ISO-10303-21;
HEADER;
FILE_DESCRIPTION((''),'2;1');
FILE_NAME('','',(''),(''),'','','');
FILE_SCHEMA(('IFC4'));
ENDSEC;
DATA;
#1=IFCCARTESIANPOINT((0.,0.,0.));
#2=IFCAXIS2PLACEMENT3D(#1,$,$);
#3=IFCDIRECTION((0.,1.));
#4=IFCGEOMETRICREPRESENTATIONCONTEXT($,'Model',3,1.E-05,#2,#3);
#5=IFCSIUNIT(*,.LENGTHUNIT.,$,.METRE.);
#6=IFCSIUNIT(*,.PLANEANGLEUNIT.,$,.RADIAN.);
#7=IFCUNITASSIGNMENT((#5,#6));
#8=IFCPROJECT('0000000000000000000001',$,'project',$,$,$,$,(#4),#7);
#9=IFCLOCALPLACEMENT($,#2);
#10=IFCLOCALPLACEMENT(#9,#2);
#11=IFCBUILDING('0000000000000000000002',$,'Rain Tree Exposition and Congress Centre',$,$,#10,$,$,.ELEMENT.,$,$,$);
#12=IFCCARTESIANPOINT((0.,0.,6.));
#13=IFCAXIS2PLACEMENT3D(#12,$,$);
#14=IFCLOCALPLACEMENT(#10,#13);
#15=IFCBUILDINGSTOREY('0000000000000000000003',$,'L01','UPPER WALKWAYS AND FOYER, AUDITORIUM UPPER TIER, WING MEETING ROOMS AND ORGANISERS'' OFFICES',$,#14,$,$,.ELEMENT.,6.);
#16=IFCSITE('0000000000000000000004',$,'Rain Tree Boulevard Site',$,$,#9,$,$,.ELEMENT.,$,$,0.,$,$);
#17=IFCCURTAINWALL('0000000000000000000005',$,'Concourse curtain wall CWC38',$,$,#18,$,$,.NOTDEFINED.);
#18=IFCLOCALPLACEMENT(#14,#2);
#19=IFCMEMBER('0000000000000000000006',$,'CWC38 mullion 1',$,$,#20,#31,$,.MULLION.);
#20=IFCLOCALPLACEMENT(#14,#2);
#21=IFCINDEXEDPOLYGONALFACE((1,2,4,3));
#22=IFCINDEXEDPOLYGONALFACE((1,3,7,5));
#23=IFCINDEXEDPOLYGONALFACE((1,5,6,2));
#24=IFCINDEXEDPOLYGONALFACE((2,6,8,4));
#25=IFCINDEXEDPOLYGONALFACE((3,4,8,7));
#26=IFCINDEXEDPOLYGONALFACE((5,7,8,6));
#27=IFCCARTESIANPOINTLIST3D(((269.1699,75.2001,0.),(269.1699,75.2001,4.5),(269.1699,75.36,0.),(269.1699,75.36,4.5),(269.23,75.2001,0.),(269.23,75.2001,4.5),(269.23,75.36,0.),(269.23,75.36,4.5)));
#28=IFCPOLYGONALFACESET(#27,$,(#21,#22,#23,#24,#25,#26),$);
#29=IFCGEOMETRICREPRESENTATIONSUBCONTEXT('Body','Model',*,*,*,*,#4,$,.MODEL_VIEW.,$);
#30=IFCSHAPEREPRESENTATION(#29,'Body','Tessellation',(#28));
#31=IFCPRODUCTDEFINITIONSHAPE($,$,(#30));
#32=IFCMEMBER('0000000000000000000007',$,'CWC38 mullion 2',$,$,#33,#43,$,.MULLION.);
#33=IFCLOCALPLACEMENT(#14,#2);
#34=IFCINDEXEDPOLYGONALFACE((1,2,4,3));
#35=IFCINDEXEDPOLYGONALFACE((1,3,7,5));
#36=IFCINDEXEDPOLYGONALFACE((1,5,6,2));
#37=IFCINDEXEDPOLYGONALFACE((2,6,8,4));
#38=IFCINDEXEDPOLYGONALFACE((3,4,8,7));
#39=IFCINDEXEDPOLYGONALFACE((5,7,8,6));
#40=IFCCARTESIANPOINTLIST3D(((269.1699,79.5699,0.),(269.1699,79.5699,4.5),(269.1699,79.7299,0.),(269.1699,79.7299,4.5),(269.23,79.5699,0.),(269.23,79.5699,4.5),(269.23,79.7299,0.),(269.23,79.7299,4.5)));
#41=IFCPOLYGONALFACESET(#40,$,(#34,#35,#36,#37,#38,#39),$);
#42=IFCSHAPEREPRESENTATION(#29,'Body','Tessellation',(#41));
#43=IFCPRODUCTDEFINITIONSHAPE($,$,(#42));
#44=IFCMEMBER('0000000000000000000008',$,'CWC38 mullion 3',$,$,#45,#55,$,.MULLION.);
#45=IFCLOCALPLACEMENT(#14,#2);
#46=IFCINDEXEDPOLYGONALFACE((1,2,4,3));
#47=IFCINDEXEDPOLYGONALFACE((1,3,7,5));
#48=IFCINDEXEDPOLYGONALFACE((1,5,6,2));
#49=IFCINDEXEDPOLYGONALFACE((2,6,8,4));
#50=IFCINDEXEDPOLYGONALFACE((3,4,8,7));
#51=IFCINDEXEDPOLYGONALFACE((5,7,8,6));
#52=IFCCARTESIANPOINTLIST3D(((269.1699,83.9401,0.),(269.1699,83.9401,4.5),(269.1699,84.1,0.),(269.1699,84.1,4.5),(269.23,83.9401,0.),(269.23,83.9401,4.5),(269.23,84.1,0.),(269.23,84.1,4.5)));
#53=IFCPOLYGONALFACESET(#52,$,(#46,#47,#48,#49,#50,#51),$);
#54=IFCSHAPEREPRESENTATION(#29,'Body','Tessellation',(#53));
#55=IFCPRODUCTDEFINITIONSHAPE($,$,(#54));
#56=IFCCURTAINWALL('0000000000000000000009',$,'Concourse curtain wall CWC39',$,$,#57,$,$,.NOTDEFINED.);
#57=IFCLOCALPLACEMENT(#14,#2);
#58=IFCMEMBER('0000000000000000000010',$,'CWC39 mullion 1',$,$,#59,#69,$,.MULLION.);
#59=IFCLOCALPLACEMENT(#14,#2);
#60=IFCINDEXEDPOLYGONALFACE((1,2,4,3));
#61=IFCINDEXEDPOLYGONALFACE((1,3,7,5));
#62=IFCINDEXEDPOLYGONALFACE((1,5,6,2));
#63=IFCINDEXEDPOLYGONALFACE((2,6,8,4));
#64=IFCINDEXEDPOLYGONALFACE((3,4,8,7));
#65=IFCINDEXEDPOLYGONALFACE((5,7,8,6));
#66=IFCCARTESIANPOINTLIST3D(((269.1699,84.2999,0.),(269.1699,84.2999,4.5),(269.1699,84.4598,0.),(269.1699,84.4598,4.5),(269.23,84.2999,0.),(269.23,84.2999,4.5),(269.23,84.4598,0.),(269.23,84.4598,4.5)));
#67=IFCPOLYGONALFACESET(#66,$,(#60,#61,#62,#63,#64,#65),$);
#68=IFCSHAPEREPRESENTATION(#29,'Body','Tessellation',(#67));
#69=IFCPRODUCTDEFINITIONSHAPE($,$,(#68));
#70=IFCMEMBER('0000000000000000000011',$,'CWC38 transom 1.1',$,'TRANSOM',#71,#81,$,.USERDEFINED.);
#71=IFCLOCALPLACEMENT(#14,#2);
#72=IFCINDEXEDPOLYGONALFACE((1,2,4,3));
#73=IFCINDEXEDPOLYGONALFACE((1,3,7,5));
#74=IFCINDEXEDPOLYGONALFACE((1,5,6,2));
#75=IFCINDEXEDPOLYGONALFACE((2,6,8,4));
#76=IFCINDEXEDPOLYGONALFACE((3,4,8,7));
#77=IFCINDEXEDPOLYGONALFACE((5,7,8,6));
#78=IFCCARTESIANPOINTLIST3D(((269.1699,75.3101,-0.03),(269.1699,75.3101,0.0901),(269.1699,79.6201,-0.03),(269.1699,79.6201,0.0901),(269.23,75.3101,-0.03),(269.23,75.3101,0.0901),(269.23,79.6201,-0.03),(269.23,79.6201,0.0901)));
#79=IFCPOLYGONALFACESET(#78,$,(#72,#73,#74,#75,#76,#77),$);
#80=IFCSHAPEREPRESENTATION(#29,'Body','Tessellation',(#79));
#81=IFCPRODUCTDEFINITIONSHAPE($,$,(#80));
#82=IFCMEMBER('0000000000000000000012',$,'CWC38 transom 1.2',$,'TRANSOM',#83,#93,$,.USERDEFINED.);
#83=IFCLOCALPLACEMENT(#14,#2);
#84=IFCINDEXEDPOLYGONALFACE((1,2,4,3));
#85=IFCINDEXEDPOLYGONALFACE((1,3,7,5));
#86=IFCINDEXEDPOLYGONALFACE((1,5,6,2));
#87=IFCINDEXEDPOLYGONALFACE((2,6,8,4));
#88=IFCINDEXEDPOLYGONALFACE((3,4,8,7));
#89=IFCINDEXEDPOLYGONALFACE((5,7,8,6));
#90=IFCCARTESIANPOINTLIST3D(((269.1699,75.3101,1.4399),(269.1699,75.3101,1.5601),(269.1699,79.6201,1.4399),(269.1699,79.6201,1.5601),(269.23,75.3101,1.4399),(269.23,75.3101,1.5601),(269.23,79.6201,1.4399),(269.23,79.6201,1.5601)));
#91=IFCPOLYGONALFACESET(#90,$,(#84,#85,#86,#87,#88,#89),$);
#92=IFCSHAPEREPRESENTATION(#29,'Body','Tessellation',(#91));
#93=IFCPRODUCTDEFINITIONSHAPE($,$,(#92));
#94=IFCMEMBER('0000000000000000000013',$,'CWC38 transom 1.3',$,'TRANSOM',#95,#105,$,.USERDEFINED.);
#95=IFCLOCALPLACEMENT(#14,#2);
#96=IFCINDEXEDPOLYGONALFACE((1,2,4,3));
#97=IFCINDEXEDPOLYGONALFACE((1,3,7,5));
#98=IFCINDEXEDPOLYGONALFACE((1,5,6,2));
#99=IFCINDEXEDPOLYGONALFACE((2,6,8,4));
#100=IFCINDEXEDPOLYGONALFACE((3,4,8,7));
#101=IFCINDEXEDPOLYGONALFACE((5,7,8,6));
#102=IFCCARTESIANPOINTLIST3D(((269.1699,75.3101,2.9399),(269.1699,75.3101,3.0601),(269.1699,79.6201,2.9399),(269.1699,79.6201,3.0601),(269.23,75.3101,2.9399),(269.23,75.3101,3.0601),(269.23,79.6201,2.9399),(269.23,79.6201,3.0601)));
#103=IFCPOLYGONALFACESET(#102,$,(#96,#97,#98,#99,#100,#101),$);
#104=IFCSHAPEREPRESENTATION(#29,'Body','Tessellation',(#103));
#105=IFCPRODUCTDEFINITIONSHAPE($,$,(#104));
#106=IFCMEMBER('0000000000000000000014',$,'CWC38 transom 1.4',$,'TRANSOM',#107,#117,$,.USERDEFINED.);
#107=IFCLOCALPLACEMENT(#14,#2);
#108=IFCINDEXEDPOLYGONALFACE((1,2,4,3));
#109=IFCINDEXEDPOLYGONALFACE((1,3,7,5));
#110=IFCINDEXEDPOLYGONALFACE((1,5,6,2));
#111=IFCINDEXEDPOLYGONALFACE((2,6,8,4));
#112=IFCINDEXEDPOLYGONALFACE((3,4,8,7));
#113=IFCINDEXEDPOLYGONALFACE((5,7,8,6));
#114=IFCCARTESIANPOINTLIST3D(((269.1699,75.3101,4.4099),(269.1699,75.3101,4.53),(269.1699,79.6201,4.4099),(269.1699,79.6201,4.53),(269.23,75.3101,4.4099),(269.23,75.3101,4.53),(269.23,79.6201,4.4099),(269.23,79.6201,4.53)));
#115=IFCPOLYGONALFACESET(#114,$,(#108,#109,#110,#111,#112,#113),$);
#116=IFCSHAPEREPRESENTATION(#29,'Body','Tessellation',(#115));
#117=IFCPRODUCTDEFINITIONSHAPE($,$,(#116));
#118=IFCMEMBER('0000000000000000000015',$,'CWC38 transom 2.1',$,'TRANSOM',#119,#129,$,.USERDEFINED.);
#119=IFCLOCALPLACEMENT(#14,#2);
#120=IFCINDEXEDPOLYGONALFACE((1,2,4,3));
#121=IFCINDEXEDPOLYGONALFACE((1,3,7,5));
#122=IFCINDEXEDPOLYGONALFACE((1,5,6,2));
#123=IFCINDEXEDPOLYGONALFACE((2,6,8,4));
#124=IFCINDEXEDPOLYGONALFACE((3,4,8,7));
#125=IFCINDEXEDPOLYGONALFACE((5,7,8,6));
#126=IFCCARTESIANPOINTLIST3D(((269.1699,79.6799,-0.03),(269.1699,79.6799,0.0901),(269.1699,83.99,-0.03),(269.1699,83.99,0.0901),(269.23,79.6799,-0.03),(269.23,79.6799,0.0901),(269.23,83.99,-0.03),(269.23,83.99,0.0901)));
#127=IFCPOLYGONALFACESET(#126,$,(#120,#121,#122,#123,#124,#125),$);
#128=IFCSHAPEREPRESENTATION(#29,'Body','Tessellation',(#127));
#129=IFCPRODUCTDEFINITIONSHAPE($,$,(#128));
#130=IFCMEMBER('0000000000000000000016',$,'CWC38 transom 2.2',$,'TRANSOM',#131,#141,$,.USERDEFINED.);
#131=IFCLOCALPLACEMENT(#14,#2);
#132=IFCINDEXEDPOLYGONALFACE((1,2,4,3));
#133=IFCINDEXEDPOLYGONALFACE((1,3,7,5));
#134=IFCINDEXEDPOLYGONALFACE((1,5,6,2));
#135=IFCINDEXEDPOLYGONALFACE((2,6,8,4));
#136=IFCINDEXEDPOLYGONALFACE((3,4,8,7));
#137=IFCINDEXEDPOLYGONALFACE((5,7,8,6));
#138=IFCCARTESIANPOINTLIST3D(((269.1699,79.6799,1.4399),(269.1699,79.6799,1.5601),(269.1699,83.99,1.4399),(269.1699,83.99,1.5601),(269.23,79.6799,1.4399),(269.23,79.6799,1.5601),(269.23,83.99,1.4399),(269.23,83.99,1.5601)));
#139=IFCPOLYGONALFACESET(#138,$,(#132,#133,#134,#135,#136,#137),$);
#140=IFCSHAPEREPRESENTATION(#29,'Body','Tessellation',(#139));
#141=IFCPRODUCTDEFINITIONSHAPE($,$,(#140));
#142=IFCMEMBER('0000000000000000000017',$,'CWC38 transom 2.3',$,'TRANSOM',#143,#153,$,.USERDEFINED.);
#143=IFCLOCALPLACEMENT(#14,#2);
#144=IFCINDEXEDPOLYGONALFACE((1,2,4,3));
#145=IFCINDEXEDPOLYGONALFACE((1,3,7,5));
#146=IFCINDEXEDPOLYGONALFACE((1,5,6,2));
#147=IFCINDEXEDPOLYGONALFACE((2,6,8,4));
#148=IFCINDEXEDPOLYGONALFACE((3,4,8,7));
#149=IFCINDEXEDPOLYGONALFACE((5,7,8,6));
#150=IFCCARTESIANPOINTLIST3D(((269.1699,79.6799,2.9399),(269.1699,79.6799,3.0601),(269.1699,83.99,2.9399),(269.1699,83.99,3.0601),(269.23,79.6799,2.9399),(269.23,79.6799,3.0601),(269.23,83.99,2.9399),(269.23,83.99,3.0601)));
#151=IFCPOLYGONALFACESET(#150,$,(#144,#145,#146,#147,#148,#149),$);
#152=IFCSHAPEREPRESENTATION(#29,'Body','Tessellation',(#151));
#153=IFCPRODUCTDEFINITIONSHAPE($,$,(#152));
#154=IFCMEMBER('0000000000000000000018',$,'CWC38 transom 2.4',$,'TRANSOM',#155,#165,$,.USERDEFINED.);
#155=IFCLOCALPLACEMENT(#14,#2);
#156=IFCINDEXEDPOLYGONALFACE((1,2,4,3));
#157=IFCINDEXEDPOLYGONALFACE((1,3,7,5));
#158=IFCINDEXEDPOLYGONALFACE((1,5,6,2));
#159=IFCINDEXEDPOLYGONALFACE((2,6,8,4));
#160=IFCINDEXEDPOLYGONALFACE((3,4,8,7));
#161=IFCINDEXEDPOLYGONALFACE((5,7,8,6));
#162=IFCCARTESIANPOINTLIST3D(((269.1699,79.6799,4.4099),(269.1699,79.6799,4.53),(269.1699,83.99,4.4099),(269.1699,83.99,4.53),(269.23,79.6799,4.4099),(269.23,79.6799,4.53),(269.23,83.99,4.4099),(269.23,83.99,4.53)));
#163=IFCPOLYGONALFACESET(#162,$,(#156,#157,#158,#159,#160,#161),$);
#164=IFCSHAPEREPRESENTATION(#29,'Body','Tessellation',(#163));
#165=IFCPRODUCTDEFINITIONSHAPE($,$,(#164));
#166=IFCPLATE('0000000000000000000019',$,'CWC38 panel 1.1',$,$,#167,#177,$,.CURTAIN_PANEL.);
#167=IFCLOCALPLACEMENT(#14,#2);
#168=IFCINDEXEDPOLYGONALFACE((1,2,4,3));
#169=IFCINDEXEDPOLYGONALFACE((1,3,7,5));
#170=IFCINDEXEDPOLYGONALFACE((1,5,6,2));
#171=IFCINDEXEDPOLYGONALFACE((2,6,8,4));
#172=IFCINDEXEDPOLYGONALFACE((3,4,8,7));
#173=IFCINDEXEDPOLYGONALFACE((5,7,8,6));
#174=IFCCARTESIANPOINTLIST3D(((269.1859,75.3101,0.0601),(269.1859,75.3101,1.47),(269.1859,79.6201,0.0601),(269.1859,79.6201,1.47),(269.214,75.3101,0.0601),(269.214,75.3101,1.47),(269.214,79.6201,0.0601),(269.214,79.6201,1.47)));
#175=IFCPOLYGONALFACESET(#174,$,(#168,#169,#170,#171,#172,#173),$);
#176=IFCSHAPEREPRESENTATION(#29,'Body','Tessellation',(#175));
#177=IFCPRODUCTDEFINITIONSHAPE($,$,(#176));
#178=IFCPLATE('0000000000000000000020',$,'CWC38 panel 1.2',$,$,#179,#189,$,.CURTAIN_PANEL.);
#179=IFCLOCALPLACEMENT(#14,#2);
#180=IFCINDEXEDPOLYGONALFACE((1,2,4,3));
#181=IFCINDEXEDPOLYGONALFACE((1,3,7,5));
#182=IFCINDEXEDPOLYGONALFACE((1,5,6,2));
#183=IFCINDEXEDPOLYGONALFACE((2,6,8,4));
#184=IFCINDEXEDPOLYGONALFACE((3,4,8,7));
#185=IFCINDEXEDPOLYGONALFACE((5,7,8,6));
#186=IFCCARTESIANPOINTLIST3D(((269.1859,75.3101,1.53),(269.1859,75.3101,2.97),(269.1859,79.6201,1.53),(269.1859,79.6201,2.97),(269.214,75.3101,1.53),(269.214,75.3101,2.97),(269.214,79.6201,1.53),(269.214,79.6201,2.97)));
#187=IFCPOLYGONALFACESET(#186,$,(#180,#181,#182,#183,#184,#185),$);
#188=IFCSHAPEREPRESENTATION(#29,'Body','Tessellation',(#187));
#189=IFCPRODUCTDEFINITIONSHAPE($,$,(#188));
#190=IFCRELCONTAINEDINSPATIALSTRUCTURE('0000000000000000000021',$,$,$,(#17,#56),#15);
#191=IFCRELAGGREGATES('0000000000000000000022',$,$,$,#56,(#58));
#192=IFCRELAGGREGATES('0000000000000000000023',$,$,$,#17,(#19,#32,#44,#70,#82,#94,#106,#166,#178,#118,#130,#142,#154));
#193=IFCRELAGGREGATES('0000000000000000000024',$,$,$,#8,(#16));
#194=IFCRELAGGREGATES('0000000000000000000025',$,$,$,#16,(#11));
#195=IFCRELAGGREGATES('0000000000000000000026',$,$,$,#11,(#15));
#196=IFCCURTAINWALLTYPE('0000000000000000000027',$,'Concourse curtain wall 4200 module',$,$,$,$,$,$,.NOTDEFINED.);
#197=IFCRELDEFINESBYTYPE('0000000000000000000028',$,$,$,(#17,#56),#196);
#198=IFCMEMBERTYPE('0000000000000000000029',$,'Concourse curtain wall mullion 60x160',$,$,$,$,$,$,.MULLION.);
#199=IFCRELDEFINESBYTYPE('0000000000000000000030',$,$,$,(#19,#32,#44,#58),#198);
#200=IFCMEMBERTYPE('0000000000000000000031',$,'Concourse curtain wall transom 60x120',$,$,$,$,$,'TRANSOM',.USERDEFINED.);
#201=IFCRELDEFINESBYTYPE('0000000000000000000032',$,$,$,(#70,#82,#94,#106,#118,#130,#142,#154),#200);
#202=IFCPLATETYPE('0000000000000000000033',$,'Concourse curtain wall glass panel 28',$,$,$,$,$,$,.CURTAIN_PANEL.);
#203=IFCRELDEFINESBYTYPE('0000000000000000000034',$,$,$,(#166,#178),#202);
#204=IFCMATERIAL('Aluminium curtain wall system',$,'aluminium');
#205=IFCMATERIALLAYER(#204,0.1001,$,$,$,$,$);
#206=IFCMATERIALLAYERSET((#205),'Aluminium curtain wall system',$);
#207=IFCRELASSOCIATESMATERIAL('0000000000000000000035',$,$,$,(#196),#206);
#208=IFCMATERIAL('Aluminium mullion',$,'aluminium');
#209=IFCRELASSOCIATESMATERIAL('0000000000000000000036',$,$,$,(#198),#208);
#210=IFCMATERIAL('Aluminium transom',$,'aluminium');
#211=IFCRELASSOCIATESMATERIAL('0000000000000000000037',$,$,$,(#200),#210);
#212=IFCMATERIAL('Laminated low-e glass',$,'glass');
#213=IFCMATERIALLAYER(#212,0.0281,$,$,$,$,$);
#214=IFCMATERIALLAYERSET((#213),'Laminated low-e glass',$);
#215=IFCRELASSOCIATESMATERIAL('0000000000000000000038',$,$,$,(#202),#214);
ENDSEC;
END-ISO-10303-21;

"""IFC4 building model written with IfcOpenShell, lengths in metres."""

from ifc_helpers import new_model, si_unit, direction, frame, origin, origin_2d, place, context, subcontext, project, spatial, rectangle, extrude, material, layer, layer_set, material_profile, profile_set, type_object, element, aggregate, save


model = new_model("IFC4")

# Units and contexts
model_context = context("Model", 3, precision=1e-05, world=origin(), true_north=direction((0.0, 1.0)))
body_context = subcontext(model_context, "Body", "Model", "MODEL_VIEW")
ifc_project = project(units=[si_unit("LENGTHUNIT", "METRE"), si_unit("PLANEANGLEUNIT", "RADIAN")], contexts=[model_context])

# Site, building, storey
site_placement = place(None, origin())
site = spatial("IfcSite", under=ifc_project, at=site_placement, Name="Rain Tree Boulevard Site", CompositionType="ELEMENT", RefElevation=0.0)
building_placement = place(site_placement, origin())
building = spatial("IfcBuilding", under=site, at=building_placement, Name="Rain Tree Exposition and Congress Centre", CompositionType="ELEMENT")
storey_placement = place(building_placement, frame((0.0, 0.0, 6.0)))
storey = spatial("IfcBuildingStorey", under=building, at=storey_placement, Name="L01", Description="UPPER WALKWAYS AND FOYER, AUDITORIUM UPPER TIER, WING MEETING ROOMS AND ORGANISERS' OFFICES", CompositionType="ELEMENT", Elevation=6.0)

# Curtain wall, members
ifc_material_1 = material(Name="Aluminium curtain wall system", Category="aluminium")
ifc_layer_1 = layer(ifc_material_1, 0.1001)
ifc_layer_set_1 = layer_set([ifc_layer_1], Name="Aluminium curtain wall system")
curtain_wall_type = type_object("IfcCurtainWallType", Name="Concourse curtain wall 4200 module", PredefinedType="NOTDEFINED", material=ifc_layer_set_1)
curtain_wall_1_placement = place(storey_placement, origin())
curtain_wall_1 = element("IfcCurtainWall", 1, at=curtain_wall_1_placement, inside=storey, type_object=curtain_wall_type, Name="Concourse curtain wall CWC38", PredefinedType="NOTDEFINED")
ifc_material_2 = material(Name="Aluminium mullion", Category="aluminium")
ifc_material_profile_1 = material_profile(ifc_material_2, rectangle(XDim=0.0601, YDim=0.1599, at=origin_2d()), Name="AL 60x160")
ifc_profile_set_1 = profile_set([ifc_material_profile_1], Name="Aluminium mullion")
member_type_1 = type_object("IfcMemberType", Name="Concourse curtain wall mullion 60x160", PredefinedType="MULLION", material=ifc_profile_set_1)
member_1_placement = place(storey_placement, frame((269.2, 75.28, 0.0), z_axis=(0.0, 0.0, 1.0), x_axis=(-1.0, 0.0, 0.0)))
member_1 = element("IfcMember", 2, at=member_1_placement, type_object=member_type_1, Name="CWC38 mullion 1", PredefinedType="MULLION", context=body_context, shape_type="SweptSolid", body=[
    extrude(rectangle(XDim=0.0601, YDim=0.1599, at=origin_2d()), origin(), (0.0, 0.0, 1.0), 4.5),
])
member_2_placement = place(storey_placement, frame((269.2, 79.6499, 0.0), z_axis=(0.0, 0.0, 1.0), x_axis=(-1.0, 0.0, 0.0)))
member_2 = element("IfcMember", 3, at=member_2_placement, type_object=member_type_1, Name="CWC38 mullion 2", PredefinedType="MULLION", context=body_context, shape_type="SweptSolid", body=[
    extrude(rectangle(XDim=0.0601, YDim=0.1599, at=origin_2d()), origin(), (0.0, 0.0, 1.0), 4.5),
])
member_3_placement = place(storey_placement, frame((269.2, 84.02, 0.0), z_axis=(0.0, 0.0, 1.0), x_axis=(-1.0, 0.0, 0.0)))
member_3 = element("IfcMember", 4, at=member_3_placement, type_object=member_type_1, Name="CWC38 mullion 3", PredefinedType="MULLION", context=body_context, shape_type="SweptSolid", body=[
    extrude(rectangle(XDim=0.0601, YDim=0.1599, at=origin_2d()), origin(), (0.0, 0.0, 1.0), 4.5),
])

# Curtain wall, member
curtain_wall_2_placement = place(storey_placement, origin())
curtain_wall_2 = element("IfcCurtainWall", 5, at=curtain_wall_2_placement, inside=storey, type_object=curtain_wall_type, Name="Concourse curtain wall CWC39", PredefinedType="NOTDEFINED")
member_4_placement = place(storey_placement, frame((269.2, 84.3799, 0.0), z_axis=(0.0, 0.0, 1.0), x_axis=(-1.0, 0.0, 0.0)))
member_4 = element("IfcMember", 6, at=member_4_placement, type_object=member_type_1, Name="CWC39 mullion 1", PredefinedType="MULLION", context=body_context, shape_type="SweptSolid", body=[
    extrude(rectangle(XDim=0.0601, YDim=0.1599, at=origin_2d()), origin(), (0.0, 0.0, 1.0), 4.5),
])
aggregate(curtain_wall_2, [member_4])

# Members
ifc_material_3 = material(Name="Aluminium transom", Category="aluminium")
ifc_material_profile_2 = material_profile(ifc_material_3, rectangle(XDim=0.0601, YDim=0.1201, at=origin_2d()), Name="AL 60x120")
ifc_profile_set_2 = profile_set([ifc_material_profile_2], Name="Aluminium transom")
member_type_2 = type_object("IfcMemberType", Name="Concourse curtain wall transom 60x120", ElementType="TRANSOM", PredefinedType="USERDEFINED", material=ifc_profile_set_2)
member_5_placement = place(storey_placement, frame((269.2, 75.3101, 0.03), z_axis=(0.0, 1.0, 0.0), x_axis=(-1.0, 0.0, 0.0)))
member_5 = element("IfcMember", 7, at=member_5_placement, type_object=member_type_2, Name="CWC38 transom 1.1", ObjectType="TRANSOM", PredefinedType="USERDEFINED", context=body_context, shape_type="SweptSolid", body=[
    extrude(rectangle(XDim=0.0601, YDim=0.1201, at=origin_2d()), origin(), (0.0, 0.0, 1.0), 4.3101),
])
member_6_placement = place(storey_placement, frame((269.2, 75.3101, 1.5), z_axis=(0.0, 1.0, 0.0), x_axis=(-1.0, 0.0, 0.0)))
member_6 = element("IfcMember", 8, at=member_6_placement, type_object=member_type_2, Name="CWC38 transom 1.2", ObjectType="TRANSOM", PredefinedType="USERDEFINED", context=body_context, shape_type="SweptSolid", body=[
    extrude(rectangle(XDim=0.0601, YDim=0.1201, at=origin_2d()), origin(), (0.0, 0.0, 1.0), 4.3101),
])
member_7_placement = place(storey_placement, frame((269.2, 75.3101, 3.0), z_axis=(0.0, 1.0, 0.0), x_axis=(-1.0, 0.0, 0.0)))
member_7 = element("IfcMember", 9, at=member_7_placement, type_object=member_type_2, Name="CWC38 transom 1.3", ObjectType="TRANSOM", PredefinedType="USERDEFINED", context=body_context, shape_type="SweptSolid", body=[
    extrude(rectangle(XDim=0.0601, YDim=0.1201, at=origin_2d()), origin(), (0.0, 0.0, 1.0), 4.3101),
])
member_8_placement = place(storey_placement, frame((269.2, 75.3101, 4.47), z_axis=(0.0, 1.0, 0.0), x_axis=(-1.0, 0.0, 0.0)))
member_8 = element("IfcMember", 10, at=member_8_placement, type_object=member_type_2, Name="CWC38 transom 1.4", ObjectType="TRANSOM", PredefinedType="USERDEFINED", context=body_context, shape_type="SweptSolid", body=[
    extrude(rectangle(XDim=0.0601, YDim=0.1201, at=origin_2d()), origin(), (0.0, 0.0, 1.0), 4.3101),
])
member_9_placement = place(storey_placement, frame((269.2, 79.6799, 0.03), z_axis=(0.0, 1.0, 0.0), x_axis=(-1.0, 0.0, 0.0)))
member_9 = element("IfcMember", 11, at=member_9_placement, type_object=member_type_2, Name="CWC38 transom 2.1", ObjectType="TRANSOM", PredefinedType="USERDEFINED", context=body_context, shape_type="SweptSolid", body=[
    extrude(rectangle(XDim=0.0601, YDim=0.1201, at=origin_2d()), origin(), (0.0, 0.0, 1.0), 4.3101),
])
member_10_placement = place(storey_placement, frame((269.2, 79.6799, 1.5), z_axis=(0.0, 1.0, 0.0), x_axis=(-1.0, 0.0, 0.0)))
member_10 = element("IfcMember", 12, at=member_10_placement, type_object=member_type_2, Name="CWC38 transom 2.2", ObjectType="TRANSOM", PredefinedType="USERDEFINED", context=body_context, shape_type="SweptSolid", body=[
    extrude(rectangle(XDim=0.0601, YDim=0.1201, at=origin_2d()), origin(), (0.0, 0.0, 1.0), 4.3101),
])
member_11_placement = place(storey_placement, frame((269.2, 79.6799, 3.0), z_axis=(0.0, 1.0, 0.0), x_axis=(-1.0, 0.0, 0.0)))
member_11 = element("IfcMember", 13, at=member_11_placement, type_object=member_type_2, Name="CWC38 transom 2.3", ObjectType="TRANSOM", PredefinedType="USERDEFINED", context=body_context, shape_type="SweptSolid", body=[
    extrude(rectangle(XDim=0.0601, YDim=0.1201, at=origin_2d()), origin(), (0.0, 0.0, 1.0), 4.3101),
])
member_12_placement = place(storey_placement, frame((269.2, 79.6799, 4.47), z_axis=(0.0, 1.0, 0.0), x_axis=(-1.0, 0.0, 0.0)))
member_12 = element("IfcMember", 14, at=member_12_placement, type_object=member_type_2, Name="CWC38 transom 2.4", ObjectType="TRANSOM", PredefinedType="USERDEFINED", context=body_context, shape_type="SweptSolid", body=[
    extrude(rectangle(XDim=0.0601, YDim=0.1201, at=origin_2d()), origin(), (0.0, 0.0, 1.0), 4.3101),
])

# Plates
ifc_material_4 = material(Name="Laminated low-e glass", Category="glass")
ifc_layer_2 = layer(ifc_material_4, 0.0281)
ifc_layer_set_2 = layer_set([ifc_layer_2], Name="Laminated low-e glass")
plate_type = type_object("IfcPlateType", Name="Concourse curtain wall glass panel 28", PredefinedType="CURTAIN_PANEL", material=ifc_layer_set_2)
plate_1_placement = place(storey_placement, frame((269.2, 77.4651, 0.0601), z_axis=(0.0, 0.0, 1.0), x_axis=(0.0, 1.0, 0.0)))
plate_1 = element("IfcPlate", 15, at=plate_1_placement, type_object=plate_type, Name="CWC38 panel 1.1", PredefinedType="CURTAIN_PANEL", context=body_context, shape_type="SweptSolid", body=[
    extrude(rectangle(XDim=4.3101, YDim=0.0281, at=origin_2d()), origin(), (0.0, 0.0, 1.0), 1.4099),
])
plate_2_placement = place(storey_placement, frame((269.2, 77.4651, 1.53), z_axis=(0.0, 0.0, 1.0), x_axis=(0.0, 1.0, 0.0)))
plate_2 = element("IfcPlate", 16, at=plate_2_placement, type_object=plate_type, Name="CWC38 panel 1.2", PredefinedType="CURTAIN_PANEL", context=body_context, shape_type="SweptSolid", body=[
    extrude(rectangle(XDim=4.3101, YDim=0.0281, at=origin_2d()), origin(), (0.0, 0.0, 1.0), 1.4399),
])
aggregate(curtain_wall_1, [member_1, member_2, member_3, member_5, member_6, member_7, member_8, plate_1, plate_2, member_9, member_10, member_11, member_12])

save(model, "model.ifc")
